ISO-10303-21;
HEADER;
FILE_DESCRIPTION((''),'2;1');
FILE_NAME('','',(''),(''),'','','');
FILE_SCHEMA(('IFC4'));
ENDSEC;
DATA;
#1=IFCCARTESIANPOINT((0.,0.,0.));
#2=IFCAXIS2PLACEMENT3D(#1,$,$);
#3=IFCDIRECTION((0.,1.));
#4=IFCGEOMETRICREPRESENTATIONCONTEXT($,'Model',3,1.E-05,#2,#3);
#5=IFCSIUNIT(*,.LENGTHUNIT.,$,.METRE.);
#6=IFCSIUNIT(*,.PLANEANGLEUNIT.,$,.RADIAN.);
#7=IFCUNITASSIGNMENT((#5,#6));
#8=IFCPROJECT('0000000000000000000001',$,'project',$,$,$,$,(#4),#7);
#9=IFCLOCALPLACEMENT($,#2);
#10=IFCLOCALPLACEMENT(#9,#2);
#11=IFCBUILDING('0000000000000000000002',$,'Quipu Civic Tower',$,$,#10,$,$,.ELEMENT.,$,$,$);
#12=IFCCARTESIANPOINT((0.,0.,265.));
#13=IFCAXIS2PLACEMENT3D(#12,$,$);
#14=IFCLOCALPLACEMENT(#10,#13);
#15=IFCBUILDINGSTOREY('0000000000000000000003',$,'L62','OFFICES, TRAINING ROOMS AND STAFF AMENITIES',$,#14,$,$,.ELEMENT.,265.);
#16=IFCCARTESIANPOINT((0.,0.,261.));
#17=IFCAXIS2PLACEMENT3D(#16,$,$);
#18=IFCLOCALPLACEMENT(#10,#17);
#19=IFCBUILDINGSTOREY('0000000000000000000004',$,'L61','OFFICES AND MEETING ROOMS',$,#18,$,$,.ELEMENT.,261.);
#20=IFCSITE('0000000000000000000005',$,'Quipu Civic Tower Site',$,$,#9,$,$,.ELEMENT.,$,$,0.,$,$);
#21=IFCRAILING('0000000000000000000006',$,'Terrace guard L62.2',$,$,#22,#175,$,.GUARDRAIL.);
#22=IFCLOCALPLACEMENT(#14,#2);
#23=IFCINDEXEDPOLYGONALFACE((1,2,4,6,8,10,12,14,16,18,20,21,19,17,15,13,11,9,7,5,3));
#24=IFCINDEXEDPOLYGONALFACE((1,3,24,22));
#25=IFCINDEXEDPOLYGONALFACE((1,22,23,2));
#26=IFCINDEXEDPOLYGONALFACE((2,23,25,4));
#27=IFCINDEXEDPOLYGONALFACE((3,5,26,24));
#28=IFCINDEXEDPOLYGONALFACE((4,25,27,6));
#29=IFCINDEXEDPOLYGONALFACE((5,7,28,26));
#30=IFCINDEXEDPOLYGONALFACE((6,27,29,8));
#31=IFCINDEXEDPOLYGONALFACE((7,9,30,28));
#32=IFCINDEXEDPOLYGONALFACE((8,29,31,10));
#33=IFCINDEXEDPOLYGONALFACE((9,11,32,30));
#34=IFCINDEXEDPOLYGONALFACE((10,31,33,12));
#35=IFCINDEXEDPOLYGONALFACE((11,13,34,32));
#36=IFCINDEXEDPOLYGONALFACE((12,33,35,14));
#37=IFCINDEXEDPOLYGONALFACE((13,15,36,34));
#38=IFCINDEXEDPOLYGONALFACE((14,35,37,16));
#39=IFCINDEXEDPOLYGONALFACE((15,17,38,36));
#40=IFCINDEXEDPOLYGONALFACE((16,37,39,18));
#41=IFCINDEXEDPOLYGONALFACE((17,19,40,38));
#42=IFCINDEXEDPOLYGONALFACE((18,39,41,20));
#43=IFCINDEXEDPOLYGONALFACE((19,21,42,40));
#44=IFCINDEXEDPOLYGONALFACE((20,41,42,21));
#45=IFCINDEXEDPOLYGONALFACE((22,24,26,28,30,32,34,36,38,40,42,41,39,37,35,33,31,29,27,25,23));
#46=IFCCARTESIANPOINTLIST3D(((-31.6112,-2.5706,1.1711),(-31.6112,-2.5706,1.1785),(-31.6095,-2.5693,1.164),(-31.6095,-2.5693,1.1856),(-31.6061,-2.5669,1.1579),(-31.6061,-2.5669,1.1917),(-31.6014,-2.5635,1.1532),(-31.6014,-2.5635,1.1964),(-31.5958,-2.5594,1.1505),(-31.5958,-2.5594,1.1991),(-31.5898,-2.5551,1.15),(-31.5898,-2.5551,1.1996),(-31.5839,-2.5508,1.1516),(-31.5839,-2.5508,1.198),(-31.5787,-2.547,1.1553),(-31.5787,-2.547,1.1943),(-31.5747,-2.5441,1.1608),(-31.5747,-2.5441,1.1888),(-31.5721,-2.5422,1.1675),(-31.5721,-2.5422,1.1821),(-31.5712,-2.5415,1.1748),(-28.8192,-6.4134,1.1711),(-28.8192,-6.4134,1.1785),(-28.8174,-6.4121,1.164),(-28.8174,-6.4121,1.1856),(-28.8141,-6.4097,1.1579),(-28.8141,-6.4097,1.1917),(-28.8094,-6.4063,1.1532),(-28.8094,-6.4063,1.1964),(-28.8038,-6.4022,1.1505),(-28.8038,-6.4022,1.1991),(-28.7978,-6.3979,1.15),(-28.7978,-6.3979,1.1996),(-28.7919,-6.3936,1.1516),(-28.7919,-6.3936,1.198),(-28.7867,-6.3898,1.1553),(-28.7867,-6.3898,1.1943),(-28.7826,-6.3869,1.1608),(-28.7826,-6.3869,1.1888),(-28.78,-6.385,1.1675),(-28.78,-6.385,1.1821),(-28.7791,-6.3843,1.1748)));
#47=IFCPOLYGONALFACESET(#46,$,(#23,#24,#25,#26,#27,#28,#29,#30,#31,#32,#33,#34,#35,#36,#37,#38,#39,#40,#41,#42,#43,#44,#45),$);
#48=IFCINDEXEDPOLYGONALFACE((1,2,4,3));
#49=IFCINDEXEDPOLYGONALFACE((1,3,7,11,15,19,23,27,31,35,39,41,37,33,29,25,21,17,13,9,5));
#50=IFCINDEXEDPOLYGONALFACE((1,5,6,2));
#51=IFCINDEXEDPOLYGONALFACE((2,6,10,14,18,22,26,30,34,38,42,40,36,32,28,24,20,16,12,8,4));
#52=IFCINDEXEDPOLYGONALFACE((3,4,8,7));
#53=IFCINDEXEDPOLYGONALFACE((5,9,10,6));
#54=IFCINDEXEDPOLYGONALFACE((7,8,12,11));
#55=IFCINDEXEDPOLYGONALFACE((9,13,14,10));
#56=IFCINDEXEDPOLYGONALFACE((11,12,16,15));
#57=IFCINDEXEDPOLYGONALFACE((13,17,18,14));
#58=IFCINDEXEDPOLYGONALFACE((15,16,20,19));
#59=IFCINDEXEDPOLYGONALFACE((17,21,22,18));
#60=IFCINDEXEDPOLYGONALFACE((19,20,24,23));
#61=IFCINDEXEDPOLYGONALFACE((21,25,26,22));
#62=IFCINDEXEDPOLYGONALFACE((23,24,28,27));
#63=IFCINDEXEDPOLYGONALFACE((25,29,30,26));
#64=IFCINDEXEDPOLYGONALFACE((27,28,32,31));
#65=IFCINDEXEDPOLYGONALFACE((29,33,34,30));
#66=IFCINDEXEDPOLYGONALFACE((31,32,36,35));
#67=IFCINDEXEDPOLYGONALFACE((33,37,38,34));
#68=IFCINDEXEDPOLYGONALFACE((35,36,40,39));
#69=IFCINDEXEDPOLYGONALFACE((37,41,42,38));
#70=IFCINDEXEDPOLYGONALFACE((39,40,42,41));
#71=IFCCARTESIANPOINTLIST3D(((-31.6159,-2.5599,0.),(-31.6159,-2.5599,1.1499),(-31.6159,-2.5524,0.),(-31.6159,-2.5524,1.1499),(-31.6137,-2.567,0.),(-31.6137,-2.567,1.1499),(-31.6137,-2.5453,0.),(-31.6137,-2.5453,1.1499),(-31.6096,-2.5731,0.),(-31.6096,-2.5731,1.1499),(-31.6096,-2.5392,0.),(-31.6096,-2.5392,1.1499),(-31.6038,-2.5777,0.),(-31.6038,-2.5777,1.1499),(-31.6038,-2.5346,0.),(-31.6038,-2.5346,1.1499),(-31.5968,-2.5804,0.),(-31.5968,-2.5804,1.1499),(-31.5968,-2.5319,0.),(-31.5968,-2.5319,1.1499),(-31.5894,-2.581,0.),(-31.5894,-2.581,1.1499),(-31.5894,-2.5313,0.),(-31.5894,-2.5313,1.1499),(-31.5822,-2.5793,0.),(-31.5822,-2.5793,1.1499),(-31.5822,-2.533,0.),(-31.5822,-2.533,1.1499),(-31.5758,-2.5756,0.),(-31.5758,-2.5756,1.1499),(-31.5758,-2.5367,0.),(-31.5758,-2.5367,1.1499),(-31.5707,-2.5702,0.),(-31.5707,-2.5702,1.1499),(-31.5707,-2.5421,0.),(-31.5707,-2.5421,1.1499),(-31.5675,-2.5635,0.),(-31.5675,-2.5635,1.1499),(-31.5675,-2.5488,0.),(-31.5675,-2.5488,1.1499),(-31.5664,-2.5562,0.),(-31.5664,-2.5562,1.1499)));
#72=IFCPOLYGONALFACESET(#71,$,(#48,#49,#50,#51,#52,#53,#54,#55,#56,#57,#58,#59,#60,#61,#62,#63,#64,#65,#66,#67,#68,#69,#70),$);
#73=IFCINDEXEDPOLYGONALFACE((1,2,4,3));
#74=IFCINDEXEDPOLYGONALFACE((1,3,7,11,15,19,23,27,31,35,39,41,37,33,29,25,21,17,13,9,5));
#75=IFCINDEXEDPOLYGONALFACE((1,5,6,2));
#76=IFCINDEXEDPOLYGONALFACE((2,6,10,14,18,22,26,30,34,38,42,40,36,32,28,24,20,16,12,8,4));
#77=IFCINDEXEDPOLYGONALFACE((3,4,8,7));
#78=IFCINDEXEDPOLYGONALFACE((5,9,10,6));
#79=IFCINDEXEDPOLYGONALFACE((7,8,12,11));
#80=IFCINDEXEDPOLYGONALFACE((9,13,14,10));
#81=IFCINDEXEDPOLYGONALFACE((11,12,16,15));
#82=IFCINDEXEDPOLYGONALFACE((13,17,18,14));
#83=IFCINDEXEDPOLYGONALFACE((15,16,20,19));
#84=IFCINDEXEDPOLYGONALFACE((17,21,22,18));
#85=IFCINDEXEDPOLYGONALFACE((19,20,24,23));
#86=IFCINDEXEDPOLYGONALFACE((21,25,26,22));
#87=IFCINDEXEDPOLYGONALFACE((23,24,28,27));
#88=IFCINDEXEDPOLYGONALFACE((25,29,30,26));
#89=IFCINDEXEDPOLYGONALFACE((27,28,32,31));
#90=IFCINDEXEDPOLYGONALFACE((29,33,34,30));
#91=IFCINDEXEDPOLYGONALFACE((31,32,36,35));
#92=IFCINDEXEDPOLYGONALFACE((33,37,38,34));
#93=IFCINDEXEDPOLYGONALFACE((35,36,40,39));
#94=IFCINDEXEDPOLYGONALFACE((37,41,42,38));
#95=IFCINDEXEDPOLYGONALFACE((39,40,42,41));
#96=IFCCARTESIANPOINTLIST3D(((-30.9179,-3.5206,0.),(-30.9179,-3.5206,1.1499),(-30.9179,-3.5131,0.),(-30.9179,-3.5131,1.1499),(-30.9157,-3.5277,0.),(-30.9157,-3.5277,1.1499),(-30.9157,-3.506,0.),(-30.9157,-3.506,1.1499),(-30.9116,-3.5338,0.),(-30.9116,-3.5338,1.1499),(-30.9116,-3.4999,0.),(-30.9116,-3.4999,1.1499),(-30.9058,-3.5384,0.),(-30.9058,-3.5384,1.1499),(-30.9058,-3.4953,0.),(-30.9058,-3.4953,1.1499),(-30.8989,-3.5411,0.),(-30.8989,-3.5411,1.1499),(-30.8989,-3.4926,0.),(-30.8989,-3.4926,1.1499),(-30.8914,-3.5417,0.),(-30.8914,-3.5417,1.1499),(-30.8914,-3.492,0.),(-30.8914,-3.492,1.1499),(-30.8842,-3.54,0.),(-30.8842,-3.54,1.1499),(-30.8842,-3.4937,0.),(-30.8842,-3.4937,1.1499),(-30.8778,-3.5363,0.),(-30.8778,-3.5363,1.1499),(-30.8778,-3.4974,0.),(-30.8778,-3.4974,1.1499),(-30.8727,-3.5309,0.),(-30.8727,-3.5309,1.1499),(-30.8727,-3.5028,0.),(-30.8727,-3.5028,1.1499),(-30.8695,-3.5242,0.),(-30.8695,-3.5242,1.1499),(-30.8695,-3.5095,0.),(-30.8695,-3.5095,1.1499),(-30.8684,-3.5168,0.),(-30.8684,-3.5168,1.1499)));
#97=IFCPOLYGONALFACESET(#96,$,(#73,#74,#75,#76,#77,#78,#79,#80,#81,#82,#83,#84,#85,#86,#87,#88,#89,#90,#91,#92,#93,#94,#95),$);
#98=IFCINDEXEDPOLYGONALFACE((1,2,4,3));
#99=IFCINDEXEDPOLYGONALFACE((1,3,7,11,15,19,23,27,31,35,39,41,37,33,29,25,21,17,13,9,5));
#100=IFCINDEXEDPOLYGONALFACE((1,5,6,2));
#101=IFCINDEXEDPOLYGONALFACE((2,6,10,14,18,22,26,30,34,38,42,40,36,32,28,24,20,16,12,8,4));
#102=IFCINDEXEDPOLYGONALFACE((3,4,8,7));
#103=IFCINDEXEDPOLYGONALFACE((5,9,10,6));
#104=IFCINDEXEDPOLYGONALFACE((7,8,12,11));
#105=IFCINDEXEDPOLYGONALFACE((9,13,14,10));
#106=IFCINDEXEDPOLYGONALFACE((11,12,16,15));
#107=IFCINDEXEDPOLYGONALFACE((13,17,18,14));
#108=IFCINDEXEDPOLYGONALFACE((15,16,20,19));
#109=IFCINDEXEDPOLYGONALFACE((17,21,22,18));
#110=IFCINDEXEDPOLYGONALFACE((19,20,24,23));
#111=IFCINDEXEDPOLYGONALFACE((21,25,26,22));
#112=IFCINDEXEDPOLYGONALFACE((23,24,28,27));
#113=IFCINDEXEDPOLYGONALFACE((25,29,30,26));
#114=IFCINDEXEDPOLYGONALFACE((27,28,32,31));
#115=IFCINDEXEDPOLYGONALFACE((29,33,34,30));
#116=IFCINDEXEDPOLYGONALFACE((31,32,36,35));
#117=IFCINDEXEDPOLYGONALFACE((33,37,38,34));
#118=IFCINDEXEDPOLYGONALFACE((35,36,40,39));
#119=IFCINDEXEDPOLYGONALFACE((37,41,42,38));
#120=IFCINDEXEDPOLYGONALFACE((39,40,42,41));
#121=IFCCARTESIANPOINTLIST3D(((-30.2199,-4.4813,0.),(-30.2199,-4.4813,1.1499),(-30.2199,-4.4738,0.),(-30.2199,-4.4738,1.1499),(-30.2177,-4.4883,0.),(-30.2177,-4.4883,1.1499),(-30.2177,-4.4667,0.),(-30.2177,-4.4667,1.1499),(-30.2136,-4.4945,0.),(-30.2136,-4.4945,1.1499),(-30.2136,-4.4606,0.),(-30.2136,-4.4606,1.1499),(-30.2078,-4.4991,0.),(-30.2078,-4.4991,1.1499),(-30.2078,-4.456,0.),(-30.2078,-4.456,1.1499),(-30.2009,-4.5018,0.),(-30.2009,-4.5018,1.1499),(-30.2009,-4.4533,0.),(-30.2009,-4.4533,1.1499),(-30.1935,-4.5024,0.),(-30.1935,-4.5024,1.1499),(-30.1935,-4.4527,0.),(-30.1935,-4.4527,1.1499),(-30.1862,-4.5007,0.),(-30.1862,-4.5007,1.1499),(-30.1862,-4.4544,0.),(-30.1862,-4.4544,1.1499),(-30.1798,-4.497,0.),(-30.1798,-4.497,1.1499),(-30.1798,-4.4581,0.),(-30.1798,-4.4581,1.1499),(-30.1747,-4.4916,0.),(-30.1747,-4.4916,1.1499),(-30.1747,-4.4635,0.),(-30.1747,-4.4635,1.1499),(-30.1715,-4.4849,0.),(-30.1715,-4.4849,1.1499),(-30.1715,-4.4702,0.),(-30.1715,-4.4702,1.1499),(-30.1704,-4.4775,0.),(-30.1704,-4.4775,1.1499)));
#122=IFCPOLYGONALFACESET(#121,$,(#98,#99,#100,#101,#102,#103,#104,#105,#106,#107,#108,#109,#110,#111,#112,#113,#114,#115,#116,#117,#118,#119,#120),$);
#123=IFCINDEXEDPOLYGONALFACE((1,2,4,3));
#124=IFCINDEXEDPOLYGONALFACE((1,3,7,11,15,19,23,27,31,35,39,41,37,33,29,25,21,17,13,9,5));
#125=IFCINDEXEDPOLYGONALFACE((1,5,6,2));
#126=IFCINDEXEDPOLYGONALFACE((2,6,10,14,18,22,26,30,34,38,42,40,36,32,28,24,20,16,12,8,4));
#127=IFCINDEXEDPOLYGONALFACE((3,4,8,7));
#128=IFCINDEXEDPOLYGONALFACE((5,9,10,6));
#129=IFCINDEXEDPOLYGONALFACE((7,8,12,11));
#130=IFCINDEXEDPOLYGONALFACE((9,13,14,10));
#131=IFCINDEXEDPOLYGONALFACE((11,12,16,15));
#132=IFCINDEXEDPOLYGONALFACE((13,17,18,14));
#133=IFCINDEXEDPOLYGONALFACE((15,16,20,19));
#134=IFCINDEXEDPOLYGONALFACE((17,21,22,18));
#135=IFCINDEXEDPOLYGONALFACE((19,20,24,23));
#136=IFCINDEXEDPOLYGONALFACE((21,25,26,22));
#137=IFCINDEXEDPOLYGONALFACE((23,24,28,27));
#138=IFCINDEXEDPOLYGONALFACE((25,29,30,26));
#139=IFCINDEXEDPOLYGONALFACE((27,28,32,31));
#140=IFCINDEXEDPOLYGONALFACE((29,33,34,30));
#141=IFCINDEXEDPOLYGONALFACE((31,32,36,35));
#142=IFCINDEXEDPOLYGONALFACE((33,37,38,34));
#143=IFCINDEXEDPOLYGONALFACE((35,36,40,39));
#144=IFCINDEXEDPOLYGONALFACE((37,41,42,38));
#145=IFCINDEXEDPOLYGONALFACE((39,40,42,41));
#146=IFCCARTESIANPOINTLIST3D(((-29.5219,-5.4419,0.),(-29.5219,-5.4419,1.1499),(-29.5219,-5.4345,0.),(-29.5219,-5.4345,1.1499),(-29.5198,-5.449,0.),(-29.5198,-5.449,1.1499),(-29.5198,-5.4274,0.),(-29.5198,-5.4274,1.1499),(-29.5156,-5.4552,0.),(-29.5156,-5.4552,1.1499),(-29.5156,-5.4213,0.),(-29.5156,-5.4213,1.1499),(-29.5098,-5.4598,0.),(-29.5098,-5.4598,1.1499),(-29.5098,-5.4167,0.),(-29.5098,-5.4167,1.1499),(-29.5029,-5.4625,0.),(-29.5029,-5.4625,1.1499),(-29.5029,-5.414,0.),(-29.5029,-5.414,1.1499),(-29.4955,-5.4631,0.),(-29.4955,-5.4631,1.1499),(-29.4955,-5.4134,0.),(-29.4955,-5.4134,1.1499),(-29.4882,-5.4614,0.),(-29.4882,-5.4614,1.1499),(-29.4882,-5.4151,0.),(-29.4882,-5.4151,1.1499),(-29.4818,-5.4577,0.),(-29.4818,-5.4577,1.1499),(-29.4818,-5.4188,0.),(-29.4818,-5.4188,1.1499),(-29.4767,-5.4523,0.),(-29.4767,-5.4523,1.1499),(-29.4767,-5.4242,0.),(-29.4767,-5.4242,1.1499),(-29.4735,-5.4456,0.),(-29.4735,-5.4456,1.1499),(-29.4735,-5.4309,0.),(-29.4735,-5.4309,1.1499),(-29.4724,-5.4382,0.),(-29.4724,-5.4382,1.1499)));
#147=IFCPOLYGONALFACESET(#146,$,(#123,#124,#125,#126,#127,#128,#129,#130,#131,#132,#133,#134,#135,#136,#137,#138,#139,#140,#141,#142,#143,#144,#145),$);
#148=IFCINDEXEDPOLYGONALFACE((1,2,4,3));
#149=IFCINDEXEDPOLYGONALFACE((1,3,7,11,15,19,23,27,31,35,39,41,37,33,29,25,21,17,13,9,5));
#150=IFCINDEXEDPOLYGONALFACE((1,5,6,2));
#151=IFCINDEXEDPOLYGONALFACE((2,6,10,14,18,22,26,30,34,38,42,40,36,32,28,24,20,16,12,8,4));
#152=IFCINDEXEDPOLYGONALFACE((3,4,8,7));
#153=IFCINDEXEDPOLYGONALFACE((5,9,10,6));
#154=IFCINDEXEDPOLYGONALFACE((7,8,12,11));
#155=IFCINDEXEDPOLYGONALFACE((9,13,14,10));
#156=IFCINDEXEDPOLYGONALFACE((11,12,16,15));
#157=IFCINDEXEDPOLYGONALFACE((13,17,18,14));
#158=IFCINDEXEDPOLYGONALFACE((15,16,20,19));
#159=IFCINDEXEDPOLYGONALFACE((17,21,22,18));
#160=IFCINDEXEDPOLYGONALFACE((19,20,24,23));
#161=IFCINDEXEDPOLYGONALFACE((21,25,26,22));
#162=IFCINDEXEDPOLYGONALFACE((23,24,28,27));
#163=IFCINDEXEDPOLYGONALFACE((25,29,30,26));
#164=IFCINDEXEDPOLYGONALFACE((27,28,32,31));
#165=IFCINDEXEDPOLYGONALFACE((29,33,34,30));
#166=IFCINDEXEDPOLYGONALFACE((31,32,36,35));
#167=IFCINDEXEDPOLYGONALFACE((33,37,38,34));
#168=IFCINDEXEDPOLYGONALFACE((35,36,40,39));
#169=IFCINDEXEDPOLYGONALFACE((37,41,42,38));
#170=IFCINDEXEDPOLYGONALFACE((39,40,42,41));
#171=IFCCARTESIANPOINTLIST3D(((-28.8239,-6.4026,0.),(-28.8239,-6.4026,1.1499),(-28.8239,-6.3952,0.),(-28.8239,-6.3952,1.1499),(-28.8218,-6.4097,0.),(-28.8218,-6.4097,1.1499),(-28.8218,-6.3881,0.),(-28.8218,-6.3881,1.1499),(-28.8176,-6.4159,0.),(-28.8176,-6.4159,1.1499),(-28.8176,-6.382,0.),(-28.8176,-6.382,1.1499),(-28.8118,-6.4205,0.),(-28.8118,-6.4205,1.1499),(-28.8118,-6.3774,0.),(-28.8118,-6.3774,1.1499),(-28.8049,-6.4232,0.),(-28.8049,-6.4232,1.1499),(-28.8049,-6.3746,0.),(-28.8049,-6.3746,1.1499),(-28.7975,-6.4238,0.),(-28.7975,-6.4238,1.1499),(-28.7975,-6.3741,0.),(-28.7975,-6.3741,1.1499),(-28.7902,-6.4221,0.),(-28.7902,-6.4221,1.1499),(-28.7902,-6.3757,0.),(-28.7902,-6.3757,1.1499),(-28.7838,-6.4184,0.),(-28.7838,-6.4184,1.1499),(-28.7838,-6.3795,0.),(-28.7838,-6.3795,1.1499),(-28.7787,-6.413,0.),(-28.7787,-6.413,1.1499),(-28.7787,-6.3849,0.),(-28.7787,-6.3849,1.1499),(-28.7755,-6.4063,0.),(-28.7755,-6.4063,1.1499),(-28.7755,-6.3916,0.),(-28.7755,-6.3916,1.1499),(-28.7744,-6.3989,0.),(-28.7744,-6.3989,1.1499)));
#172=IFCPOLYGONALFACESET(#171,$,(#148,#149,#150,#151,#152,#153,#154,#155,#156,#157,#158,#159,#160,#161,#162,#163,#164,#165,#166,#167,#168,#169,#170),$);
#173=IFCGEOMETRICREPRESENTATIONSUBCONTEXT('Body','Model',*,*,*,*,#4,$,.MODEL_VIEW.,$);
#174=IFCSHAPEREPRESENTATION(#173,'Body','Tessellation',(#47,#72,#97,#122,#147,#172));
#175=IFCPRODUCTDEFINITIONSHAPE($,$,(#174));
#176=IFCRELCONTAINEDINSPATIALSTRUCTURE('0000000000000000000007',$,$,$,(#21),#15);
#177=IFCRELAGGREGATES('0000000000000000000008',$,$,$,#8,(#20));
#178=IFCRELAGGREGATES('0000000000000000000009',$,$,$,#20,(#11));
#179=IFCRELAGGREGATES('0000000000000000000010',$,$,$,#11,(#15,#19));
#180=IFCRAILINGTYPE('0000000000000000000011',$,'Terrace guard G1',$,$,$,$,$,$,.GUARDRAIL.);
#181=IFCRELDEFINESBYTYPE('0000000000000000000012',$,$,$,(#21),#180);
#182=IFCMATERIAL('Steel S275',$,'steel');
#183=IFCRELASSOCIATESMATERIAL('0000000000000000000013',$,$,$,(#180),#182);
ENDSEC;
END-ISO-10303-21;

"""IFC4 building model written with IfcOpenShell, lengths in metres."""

from ifc_helpers import new_model, si_unit, direction, frame, origin, origin_2d, place, context, subcontext, project, spatial, circle, extrude, material, type_object, element, save


model = new_model("IFC4")

# Units and contexts
model_context = context("Model", 3, precision=1e-05, world=origin(), true_north=direction((0.0, 1.0)))
body_context = subcontext(model_context, "Body", "Model", "MODEL_VIEW")
ifc_project = project(units=[si_unit("LENGTHUNIT", "METRE"), si_unit("PLANEANGLEUNIT", "RADIAN")], contexts=[model_context])

# Site, building, storey
site_placement = place(None, origin())
site = spatial("IfcSite", under=ifc_project, at=site_placement, Name="Quipu Civic Tower Site", CompositionType="ELEMENT", RefElevation=0.0)
building_placement = place(site_placement, origin())
building = spatial("IfcBuilding", under=site, at=building_placement, Name="Quipu Civic Tower", CompositionType="ELEMENT")
storey_1_placement = place(building_placement, frame((0.0, 0.0, 265.0)))
storey_1 = spatial("IfcBuildingStorey", under=building, at=storey_1_placement, Name="L62", Description="OFFICES, TRAINING ROOMS AND STAFF AMENITIES", CompositionType="ELEMENT", Elevation=265.0)

# Shared definitions
storey_2_placement = place(building_placement, frame((0.0, 0.0, 261.0)))
storey_2 = spatial("IfcBuildingStorey", under=building, at=storey_2_placement, Name="L61", Description="OFFICES AND MEETING ROOMS", CompositionType="ELEMENT", Elevation=261.0)

# Railing
ifc_material_1 = material(Name="Steel S275", Category="steel")
railing_type = type_object("IfcRailingType", Name="Terrace guard G1", PredefinedType="GUARDRAIL", material=ifc_material_1)
railing_1_placement = place(storey_1_placement, frame((-31.5913, -2.5562, 0.0)))
element("IfcRailing", 1, at=railing_1_placement, inside=storey_1, type_object=railing_type, Name="Terrace guard L62.2", PredefinedType="GUARDRAIL", context=body_context, shape_type="SweptSolid", body=[
    extrude(circle(Radius=0.0249, at=origin_2d()), frame((0.0, 0.0, 1.1748), z_axis=(0.587793, -0.809012, 0.0), x_axis=(0.809012, 0.587793, 0.0)), (0.0, 0.0, 1.0), 4.75),
    extrude(circle(Radius=0.0249, at=origin_2d()), origin(), (0.0, 0.0, 1.0), 1.1499),
    extrude(circle(Radius=0.0249, at=origin_2d()), frame((0.698, -0.9607, 0.0)), (0.0, 0.0, 1.0), 1.1499),
    extrude(circle(Radius=0.0249, at=origin_2d()), frame((1.396, -1.9214, 0.0)), (0.0, 0.0, 1.0), 1.1499),
    extrude(circle(Radius=0.0249, at=origin_2d()), frame((2.094, -2.8821, 0.0)), (0.0, 0.0, 1.0), 1.1499),
    extrude(circle(Radius=0.0249, at=origin_2d()), frame((2.792, -3.8428, 0.0)), (0.0, 0.0, 1.0), 1.1499),
])

save(model, "model.ifc")
